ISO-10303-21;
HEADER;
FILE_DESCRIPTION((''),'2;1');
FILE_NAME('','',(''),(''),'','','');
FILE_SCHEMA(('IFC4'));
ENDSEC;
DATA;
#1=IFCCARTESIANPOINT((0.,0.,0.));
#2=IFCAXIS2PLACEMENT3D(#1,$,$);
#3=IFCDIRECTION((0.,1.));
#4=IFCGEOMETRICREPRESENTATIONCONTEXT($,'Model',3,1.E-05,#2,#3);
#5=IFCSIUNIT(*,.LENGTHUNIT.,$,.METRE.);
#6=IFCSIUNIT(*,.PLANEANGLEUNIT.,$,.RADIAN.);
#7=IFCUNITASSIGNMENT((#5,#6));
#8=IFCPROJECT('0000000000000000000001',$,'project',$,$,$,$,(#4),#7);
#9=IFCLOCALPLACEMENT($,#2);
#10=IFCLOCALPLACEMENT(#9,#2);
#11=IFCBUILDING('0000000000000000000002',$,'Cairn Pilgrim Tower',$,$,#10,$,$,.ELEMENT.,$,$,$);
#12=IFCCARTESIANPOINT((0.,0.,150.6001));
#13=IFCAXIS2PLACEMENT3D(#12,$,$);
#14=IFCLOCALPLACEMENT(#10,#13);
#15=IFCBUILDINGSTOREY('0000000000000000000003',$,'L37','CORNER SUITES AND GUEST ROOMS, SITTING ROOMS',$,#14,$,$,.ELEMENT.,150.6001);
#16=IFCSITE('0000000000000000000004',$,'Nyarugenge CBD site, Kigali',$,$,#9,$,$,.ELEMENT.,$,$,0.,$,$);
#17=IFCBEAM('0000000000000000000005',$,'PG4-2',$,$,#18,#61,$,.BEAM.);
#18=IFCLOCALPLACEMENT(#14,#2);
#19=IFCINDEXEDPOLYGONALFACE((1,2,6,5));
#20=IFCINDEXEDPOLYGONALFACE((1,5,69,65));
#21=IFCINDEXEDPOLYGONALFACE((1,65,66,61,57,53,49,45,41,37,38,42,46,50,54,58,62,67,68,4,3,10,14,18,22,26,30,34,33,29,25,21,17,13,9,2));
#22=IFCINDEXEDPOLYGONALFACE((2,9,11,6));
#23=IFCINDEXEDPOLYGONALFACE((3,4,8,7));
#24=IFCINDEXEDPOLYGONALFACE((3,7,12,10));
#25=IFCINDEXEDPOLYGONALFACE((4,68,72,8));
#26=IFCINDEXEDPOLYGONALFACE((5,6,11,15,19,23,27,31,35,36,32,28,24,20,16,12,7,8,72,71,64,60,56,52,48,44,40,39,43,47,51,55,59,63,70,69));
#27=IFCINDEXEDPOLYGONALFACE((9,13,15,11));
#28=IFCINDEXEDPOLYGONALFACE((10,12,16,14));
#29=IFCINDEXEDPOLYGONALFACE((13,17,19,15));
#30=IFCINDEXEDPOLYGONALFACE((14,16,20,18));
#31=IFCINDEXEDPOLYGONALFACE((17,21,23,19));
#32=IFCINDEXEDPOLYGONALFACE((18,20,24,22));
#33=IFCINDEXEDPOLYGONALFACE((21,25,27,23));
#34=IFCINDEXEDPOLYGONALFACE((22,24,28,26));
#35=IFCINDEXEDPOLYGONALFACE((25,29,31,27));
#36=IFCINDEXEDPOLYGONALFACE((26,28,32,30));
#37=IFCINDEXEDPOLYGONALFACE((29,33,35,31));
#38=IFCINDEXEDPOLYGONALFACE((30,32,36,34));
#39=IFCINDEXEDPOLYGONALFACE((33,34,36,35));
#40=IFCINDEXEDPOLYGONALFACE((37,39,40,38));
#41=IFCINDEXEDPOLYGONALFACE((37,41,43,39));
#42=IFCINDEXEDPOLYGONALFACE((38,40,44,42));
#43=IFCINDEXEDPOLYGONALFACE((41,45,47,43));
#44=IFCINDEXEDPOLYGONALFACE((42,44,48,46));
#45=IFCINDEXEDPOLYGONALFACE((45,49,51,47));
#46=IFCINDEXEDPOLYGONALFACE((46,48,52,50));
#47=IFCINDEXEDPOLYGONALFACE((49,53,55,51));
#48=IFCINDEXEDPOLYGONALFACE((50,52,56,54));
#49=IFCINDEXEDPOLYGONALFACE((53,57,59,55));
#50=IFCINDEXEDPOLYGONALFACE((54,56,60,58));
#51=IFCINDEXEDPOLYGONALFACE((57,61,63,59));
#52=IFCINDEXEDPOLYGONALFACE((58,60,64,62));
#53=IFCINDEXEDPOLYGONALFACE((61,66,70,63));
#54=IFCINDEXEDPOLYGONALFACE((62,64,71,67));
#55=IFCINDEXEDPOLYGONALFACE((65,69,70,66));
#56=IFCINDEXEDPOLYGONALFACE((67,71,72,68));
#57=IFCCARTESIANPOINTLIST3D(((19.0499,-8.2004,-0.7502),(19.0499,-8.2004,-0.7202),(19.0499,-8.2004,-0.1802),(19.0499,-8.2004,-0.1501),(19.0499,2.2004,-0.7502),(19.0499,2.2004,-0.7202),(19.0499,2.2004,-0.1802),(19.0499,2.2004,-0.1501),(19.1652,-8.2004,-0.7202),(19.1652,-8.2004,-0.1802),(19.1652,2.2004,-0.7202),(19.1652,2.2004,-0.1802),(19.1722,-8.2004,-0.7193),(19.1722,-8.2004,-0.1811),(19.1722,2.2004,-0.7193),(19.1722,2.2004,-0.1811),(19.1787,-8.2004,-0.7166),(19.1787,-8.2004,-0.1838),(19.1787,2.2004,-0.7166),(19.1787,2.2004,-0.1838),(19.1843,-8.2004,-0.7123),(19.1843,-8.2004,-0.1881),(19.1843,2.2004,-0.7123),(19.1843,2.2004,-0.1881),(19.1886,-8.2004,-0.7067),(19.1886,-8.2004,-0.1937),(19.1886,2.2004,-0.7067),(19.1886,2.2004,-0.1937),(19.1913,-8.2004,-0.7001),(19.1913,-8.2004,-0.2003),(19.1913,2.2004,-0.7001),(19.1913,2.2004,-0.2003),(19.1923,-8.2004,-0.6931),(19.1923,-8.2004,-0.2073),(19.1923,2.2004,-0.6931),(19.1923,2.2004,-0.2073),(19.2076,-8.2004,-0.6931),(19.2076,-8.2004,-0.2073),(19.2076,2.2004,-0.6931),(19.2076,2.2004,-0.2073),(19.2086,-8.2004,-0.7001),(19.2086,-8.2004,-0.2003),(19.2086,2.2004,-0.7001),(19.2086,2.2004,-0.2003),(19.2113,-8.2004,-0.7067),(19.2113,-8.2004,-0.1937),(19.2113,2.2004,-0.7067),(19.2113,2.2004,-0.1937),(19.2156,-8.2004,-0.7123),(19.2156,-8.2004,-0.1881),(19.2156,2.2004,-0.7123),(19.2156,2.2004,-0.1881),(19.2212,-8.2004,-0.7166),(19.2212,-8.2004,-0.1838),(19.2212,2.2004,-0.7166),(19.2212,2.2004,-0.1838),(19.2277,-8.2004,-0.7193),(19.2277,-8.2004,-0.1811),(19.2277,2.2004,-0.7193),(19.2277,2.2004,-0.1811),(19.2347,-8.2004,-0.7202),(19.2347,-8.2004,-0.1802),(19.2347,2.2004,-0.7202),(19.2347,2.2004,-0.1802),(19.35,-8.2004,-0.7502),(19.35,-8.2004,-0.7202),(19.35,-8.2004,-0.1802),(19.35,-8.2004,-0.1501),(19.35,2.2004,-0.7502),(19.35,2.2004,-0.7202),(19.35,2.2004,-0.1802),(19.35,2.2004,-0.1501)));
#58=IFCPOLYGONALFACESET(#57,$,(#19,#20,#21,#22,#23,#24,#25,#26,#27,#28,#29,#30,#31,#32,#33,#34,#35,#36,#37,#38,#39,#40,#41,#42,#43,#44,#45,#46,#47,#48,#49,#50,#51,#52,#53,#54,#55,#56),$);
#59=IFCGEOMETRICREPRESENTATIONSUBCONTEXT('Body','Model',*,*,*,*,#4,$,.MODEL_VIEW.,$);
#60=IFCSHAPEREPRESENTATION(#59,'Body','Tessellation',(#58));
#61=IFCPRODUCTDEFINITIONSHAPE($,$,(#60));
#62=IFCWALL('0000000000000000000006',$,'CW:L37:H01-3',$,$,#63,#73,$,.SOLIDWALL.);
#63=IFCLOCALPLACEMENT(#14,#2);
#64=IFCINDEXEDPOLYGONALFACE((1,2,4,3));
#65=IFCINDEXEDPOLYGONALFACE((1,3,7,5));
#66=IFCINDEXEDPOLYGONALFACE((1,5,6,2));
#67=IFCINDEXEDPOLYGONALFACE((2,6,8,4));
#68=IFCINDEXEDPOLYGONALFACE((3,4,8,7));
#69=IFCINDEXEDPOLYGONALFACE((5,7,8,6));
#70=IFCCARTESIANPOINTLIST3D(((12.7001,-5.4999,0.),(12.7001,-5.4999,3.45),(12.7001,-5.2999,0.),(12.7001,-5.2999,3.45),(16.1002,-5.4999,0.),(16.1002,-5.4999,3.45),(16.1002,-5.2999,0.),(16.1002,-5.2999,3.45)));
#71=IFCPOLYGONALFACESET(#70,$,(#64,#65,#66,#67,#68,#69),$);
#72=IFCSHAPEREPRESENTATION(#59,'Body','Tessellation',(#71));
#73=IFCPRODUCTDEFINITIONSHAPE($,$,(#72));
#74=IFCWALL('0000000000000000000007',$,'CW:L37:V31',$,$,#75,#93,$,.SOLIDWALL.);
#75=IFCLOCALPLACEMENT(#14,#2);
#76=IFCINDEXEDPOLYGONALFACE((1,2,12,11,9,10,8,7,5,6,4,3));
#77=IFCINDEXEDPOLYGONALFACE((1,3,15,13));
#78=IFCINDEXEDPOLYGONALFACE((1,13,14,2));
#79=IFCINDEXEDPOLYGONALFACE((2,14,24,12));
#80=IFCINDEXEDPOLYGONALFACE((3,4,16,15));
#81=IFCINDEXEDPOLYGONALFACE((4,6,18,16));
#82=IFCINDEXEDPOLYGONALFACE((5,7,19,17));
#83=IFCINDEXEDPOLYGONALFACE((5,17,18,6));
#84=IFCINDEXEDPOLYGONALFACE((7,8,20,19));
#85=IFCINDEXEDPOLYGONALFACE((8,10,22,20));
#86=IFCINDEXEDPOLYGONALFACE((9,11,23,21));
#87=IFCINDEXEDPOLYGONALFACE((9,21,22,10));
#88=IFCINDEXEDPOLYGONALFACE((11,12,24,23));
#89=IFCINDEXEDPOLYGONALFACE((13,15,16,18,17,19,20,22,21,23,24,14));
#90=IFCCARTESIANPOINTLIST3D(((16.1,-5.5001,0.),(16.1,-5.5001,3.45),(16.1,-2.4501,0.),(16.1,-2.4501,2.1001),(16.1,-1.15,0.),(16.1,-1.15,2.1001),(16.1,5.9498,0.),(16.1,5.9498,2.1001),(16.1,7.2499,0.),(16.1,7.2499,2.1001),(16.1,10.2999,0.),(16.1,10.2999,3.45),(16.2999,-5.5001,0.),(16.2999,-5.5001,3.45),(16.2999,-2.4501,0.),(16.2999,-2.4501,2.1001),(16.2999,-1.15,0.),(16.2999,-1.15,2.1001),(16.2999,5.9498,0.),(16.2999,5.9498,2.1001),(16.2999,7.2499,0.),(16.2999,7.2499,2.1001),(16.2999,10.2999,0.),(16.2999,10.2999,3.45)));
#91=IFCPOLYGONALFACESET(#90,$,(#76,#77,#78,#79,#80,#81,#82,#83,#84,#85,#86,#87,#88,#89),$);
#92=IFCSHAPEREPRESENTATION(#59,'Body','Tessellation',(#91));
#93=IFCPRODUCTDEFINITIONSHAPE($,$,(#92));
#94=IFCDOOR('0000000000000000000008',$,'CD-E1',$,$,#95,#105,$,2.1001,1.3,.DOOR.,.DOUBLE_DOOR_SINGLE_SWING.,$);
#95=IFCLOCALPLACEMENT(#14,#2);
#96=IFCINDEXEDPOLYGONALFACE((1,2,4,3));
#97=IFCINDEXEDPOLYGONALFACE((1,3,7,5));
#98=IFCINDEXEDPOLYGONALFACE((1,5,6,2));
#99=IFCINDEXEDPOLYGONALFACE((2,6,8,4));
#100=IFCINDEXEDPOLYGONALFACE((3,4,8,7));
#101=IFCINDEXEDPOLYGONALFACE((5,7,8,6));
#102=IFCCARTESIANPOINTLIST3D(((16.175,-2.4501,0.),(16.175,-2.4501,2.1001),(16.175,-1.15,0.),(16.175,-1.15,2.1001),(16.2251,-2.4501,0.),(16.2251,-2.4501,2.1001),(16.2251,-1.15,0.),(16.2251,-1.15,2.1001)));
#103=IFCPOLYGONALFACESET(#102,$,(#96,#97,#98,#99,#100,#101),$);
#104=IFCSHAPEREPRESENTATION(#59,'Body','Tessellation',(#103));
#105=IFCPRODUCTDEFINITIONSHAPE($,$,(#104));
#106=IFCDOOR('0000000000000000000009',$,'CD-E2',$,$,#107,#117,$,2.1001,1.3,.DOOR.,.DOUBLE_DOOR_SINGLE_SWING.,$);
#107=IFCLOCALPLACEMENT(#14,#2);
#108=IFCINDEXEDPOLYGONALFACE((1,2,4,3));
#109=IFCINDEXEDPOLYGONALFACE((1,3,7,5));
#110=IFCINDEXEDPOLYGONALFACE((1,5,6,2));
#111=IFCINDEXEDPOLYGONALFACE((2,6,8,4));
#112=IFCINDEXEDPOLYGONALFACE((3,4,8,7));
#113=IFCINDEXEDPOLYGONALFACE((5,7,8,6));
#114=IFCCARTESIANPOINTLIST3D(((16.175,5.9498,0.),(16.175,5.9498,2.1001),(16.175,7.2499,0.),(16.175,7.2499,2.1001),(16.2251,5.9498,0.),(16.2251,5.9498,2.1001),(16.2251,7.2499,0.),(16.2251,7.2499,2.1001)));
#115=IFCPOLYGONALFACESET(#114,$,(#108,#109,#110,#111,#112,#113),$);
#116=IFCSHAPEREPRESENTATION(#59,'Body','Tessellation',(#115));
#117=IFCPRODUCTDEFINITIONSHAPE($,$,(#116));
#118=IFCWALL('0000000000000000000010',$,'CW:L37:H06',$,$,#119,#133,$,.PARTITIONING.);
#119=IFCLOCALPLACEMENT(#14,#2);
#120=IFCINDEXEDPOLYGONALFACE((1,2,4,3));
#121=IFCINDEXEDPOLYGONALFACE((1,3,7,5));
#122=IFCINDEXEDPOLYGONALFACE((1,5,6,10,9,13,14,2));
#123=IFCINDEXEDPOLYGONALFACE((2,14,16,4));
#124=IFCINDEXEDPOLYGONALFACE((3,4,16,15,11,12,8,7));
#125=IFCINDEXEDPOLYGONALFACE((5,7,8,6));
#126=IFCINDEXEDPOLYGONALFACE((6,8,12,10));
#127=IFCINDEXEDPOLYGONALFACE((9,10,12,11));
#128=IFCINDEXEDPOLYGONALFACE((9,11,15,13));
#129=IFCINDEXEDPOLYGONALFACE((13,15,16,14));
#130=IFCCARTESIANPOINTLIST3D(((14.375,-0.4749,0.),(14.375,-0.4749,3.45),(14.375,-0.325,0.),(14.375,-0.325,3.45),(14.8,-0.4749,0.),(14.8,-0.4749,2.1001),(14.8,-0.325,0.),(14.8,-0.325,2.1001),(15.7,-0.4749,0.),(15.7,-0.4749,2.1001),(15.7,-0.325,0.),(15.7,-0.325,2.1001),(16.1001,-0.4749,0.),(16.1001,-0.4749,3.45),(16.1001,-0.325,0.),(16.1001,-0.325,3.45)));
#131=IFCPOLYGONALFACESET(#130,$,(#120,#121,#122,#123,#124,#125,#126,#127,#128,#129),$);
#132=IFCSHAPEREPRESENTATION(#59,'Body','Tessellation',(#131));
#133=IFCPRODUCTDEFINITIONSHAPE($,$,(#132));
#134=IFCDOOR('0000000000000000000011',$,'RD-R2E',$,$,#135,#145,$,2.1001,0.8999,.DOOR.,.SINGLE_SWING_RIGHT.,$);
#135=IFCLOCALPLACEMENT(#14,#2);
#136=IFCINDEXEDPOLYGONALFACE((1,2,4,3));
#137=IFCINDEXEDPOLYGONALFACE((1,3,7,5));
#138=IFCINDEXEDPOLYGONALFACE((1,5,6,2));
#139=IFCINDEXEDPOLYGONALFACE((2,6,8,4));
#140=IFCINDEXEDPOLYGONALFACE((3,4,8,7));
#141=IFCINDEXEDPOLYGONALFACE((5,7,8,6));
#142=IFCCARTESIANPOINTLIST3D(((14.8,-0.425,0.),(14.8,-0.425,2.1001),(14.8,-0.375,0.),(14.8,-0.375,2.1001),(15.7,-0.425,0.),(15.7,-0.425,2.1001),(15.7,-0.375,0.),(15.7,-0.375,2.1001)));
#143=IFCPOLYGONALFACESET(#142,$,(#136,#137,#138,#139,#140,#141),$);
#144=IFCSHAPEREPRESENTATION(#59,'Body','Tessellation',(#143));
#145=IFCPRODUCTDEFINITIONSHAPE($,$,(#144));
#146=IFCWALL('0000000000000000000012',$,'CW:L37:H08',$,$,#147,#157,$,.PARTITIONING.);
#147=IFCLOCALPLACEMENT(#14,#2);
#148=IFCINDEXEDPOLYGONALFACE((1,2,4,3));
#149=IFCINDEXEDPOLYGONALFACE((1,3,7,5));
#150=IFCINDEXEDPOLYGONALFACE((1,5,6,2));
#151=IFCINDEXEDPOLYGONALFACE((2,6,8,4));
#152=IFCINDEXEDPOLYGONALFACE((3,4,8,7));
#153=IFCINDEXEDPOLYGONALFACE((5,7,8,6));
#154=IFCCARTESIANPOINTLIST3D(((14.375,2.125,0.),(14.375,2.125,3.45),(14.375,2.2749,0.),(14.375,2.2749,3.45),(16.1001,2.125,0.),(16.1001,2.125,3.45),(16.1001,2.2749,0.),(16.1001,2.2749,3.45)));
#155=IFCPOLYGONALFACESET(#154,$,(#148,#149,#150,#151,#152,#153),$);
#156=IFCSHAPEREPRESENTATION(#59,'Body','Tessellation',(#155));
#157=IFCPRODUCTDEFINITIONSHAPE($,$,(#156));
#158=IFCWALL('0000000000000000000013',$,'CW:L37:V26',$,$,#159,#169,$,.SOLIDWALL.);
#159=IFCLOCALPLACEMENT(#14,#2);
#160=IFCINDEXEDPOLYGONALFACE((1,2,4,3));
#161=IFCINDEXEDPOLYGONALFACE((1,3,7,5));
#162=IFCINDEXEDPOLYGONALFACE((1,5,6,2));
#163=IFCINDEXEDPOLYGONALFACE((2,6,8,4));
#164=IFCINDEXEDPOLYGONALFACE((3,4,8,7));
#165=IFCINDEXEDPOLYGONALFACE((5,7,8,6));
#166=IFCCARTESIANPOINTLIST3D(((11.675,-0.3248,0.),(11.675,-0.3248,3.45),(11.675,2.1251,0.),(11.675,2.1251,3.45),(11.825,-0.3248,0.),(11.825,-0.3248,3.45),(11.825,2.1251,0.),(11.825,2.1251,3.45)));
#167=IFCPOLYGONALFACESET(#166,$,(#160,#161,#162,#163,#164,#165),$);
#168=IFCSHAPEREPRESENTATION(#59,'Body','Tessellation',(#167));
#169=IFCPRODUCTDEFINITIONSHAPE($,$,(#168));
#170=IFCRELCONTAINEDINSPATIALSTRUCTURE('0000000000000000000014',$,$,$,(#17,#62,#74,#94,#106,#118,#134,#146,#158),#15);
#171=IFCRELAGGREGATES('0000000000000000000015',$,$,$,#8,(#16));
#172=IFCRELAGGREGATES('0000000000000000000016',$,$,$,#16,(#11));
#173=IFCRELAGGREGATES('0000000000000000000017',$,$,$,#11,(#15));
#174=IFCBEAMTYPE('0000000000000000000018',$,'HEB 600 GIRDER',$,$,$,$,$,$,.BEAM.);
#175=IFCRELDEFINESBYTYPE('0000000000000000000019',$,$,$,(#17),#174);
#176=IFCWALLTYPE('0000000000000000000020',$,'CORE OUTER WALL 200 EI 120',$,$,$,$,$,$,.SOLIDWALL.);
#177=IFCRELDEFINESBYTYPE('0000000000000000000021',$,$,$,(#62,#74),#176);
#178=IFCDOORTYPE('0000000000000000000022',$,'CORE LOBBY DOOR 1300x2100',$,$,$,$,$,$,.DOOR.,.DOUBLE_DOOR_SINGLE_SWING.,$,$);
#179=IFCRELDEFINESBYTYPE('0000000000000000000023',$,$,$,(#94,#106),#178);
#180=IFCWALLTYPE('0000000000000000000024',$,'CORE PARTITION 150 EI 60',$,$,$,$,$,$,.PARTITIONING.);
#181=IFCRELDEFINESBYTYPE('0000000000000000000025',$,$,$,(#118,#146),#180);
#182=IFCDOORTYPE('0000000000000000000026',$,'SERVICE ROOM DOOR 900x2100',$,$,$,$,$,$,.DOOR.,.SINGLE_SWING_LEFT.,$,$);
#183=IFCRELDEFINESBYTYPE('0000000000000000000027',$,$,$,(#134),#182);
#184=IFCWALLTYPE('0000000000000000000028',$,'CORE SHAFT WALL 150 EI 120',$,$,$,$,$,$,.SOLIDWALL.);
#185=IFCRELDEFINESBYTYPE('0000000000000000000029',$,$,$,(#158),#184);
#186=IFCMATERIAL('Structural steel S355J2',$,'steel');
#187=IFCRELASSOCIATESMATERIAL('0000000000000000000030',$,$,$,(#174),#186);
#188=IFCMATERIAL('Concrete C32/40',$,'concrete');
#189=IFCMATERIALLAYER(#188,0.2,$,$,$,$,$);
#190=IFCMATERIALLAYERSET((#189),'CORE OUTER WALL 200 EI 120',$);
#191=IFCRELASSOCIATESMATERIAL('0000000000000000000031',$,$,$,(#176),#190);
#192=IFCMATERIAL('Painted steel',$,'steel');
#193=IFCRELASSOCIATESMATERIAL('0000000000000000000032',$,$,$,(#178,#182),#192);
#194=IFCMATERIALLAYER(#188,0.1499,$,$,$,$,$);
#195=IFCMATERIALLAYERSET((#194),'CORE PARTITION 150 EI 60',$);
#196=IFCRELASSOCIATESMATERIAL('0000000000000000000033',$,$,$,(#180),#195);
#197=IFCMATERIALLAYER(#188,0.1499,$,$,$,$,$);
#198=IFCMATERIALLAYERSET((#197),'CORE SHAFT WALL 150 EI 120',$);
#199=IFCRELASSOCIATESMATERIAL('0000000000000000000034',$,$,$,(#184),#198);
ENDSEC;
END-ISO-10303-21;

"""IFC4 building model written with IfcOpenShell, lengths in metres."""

from ifc_helpers import new_model, si_unit, direction, frame, frame_2d, origin, origin_2d, place, context, subcontext, project, spatial, rectangle, i_section, extrude, material, layer, layer_set, material_profile, profile_set, type_object, element, fill, save


model = new_model("IFC4")

# Units and contexts
model_context = context("Model", 3, precision=1e-05, world=origin(), true_north=direction((0.0, 1.0)))
body_context = subcontext(model_context, "Body", "Model", "MODEL_VIEW")
ifc_project = project(units=[si_unit("LENGTHUNIT", "METRE"), si_unit("PLANEANGLEUNIT", "RADIAN")], contexts=[model_context])

# Site, building, storey
site_placement = place(None, origin())
site = spatial("IfcSite", under=ifc_project, at=site_placement, Name="Nyarugenge CBD site, Kigali", CompositionType="ELEMENT", RefElevation=0.0)
building_placement = place(site_placement, origin())
building = spatial("IfcBuilding", under=site, at=building_placement, Name="Cairn Pilgrim Tower", CompositionType="ELEMENT")
storey_placement = place(building_placement, frame((0.0, 0.0, 150.6001)))
storey = spatial("IfcBuildingStorey", under=building, at=storey_placement, Name="L37", Description="CORNER SUITES AND GUEST ROOMS, SITTING ROOMS", CompositionType="ELEMENT", Elevation=150.6001)

# Beam
ifc_material_1 = material(Name="Structural steel S355J2", Category="steel")
ifc_material_profile_1 = material_profile(ifc_material_1, i_section(OverallWidth=0.3, OverallDepth=0.6001, WebThickness=0.0154, FlangeThickness=0.03, FilletRadius=0.0271, at=origin_2d()), Name="HEB 600")
ifc_profile_set_1 = profile_set([ifc_material_profile_1], Name="Structural steel S355J2")
beam_type_1 = type_object("IfcBeamType", Name="HEB 600 GIRDER", PredefinedType="BEAM", material=ifc_profile_set_1)
beam_1_placement = place(storey_placement, frame((19.2, -8.2004, -0.4502), z_axis=(0.0, 1.0, 0.0), x_axis=(-1.0, 0.0, 0.0)))
element("IfcBeam", 1, at=beam_1_placement, inside=storey, type_object=beam_type_1, Name="PG4-2", PredefinedType="BEAM", context=body_context, shape_type="SweptSolid", body=[
    extrude(i_section(OverallWidth=0.3, OverallDepth=0.6001, WebThickness=0.0154, FlangeThickness=0.03, FilletRadius=0.0271, at=origin_2d()), origin(), (0.0, 0.0, 1.0), 10.4009),
])

# Wall
ifc_material_2 = material(Name="Concrete C32/40", Category="concrete")
ifc_layer_1 = layer(ifc_material_2, 0.2)
ifc_layer_set_1 = layer_set([ifc_layer_1], Name="CORE OUTER WALL 200 EI 120")
wall_type_1 = type_object("IfcWallType", Name="CORE OUTER WALL 200 EI 120", PredefinedType="SOLIDWALL", material=ifc_layer_set_1)
wall_1_placement = place(storey_placement, frame((12.7, -5.3999, 0.0), z_axis=(0.0, 0.0, 1.0), x_axis=(1.0, 0.0, 0.0)))
element("IfcWall", 2, at=wall_1_placement, inside=storey, type_object=wall_type_1, Name="CW:L37:H01-3", PredefinedType="SOLIDWALL", context=body_context, shape_type="SweptSolid", body=[
    extrude(rectangle(XDim=3.4001, YDim=0.2, at=frame_2d((1.7002, 0.0))), origin(), (0.0, 0.0, 1.0), 3.45),
])

# Wall, openings, doors
wall_2_placement = place(storey_placement, frame((16.2, -5.5, 0.0), z_axis=(0.0, 0.0, 1.0), x_axis=(0.0, 1.0, 0.0)))
wall_2 = element("IfcWall", 3, at=wall_2_placement, inside=storey, type_object=wall_type_1, Name="CW:L37:V31", PredefinedType="SOLIDWALL", context=body_context, shape_type="SweptSolid", body=[
    extrude(rectangle(XDim=15.8, YDim=0.2, at=frame_2d((7.8999, 0.0))), origin(), (0.0, 0.0, 1.0), 3.45),
])
opening_1_placement = place(wall_2_placement, frame((3.05, 0.0, 0.0)))
opening_1 = element("IfcOpeningElement", 4, at=opening_1_placement, cuts=wall_2, PredefinedType="OPENING", context=body_context, shape_type="SweptSolid", body=[
    extrude(rectangle(XDim=1.3, YDim=2.1001, at=frame_2d((0.6499, 1.05))), frame((0.0, 0.1099, 0.0), z_axis=(0.0, -1.0, 0.0), x_axis=(1.0, 0.0, 0.0)), (0.0, 0.0, 1.0), 0.22),
])
opening_2_placement = place(wall_2_placement, frame((11.45, 0.0, 0.0)))
opening_2 = element("IfcOpeningElement", 5, at=opening_2_placement, cuts=wall_2, PredefinedType="OPENING", context=body_context, shape_type="SweptSolid", body=[
    extrude(rectangle(XDim=1.3, YDim=2.1001, at=frame_2d((0.6499, 1.05))), frame((0.0, 0.1099, 0.0), z_axis=(0.0, -1.0, 0.0), x_axis=(1.0, 0.0, 0.0)), (0.0, 0.0, 1.0), 0.22),
])
ifc_material_3 = material(Name="Painted steel", Category="steel")
door_type_1 = type_object("IfcDoorType", Name="CORE LOBBY DOOR 1300x2100", OperationType="DOUBLE_DOOR_SINGLE_SWING", PredefinedType="DOOR", material=ifc_material_3)
door_1_placement = place(opening_1_placement, origin())
door_1 = element("IfcDoor", 6, at=door_1_placement, inside=storey, type_object=door_type_1, Name="CD-E1", OperationType="DOUBLE_DOOR_SINGLE_SWING", OverallHeight=2.1001, OverallWidth=1.3, PredefinedType="DOOR", context=body_context, shape_type="SweptSolid", body=[
    extrude(rectangle(XDim=1.3, YDim=2.1001, at=frame_2d((0.6499, 1.05))), frame((0.0, 0.0249, 0.0), z_axis=(0.0, -1.0, 0.0), x_axis=(1.0, 0.0, 0.0)), (0.0, 0.0, 1.0), 0.05),
])
fill(opening_1, door_1)
door_2_placement = place(opening_2_placement, origin())
door_2 = element("IfcDoor", 7, at=door_2_placement, inside=storey, type_object=door_type_1, Name="CD-E2", OperationType="DOUBLE_DOOR_SINGLE_SWING", OverallHeight=2.1001, OverallWidth=1.3, PredefinedType="DOOR", context=body_context, shape_type="SweptSolid", body=[
    extrude(rectangle(XDim=1.3, YDim=2.1001, at=frame_2d((0.6499, 1.05))), frame((0.0, 0.0249, 0.0), z_axis=(0.0, -1.0, 0.0), x_axis=(1.0, 0.0, 0.0)), (0.0, 0.0, 1.0), 0.05),
])
fill(opening_2, door_2)

# Wall, opening, door
ifc_layer_2 = layer(ifc_material_2, 0.1499)
ifc_layer_set_2 = layer_set([ifc_layer_2], Name="CORE PARTITION 150 EI 60")
wall_type_2 = type_object("IfcWallType", Name="CORE PARTITION 150 EI 60", PredefinedType="PARTITIONING", material=ifc_layer_set_2)
wall_3_placement = place(storey_placement, frame((14.375, -0.3999, 0.0), z_axis=(0.0, 0.0, 1.0), x_axis=(1.0, 0.0, 0.0)))
wall_3 = element("IfcWall", 8, at=wall_3_placement, inside=storey, type_object=wall_type_2, Name="CW:L37:H06", PredefinedType="PARTITIONING", context=body_context, shape_type="SweptSolid", body=[
    extrude(rectangle(XDim=1.7251, YDim=0.1499, at=frame_2d((0.8625, 0.0))), origin(), (0.0, 0.0, 1.0), 3.45),
])
opening_3_placement = place(wall_3_placement, frame((0.425, 0.0, 0.0)))
opening_3 = element("IfcOpeningElement", 9, at=opening_3_placement, cuts=wall_3, PredefinedType="OPENING", context=body_context, shape_type="SweptSolid", body=[
    extrude(rectangle(XDim=0.8999, YDim=2.1001, at=frame_2d((0.45, 1.05))), frame((0.0, 0.085, 0.0), z_axis=(0.0, -1.0, 0.0), x_axis=(1.0, 0.0, 0.0)), (0.0, 0.0, 1.0), 0.1699),
])
door_type_2 = type_object("IfcDoorType", Name="SERVICE ROOM DOOR 900x2100", OperationType="SINGLE_SWING_LEFT", PredefinedType="DOOR", material=ifc_material_3)
door_3_placement = place(opening_3_placement, origin())
door_3 = element("IfcDoor", 10, at=door_3_placement, inside=storey, type_object=door_type_2, Name="RD-R2E", OperationType="SINGLE_SWING_RIGHT", OverallHeight=2.1001, OverallWidth=0.8999, PredefinedType="DOOR", context=body_context, shape_type="SweptSolid", body=[
    extrude(rectangle(XDim=0.8999, YDim=2.1001, at=frame_2d((0.45, 1.05))), frame((0.0, 0.0249, 0.0), z_axis=(0.0, -1.0, 0.0), x_axis=(1.0, 0.0, 0.0)), (0.0, 0.0, 1.0), 0.05),
])
fill(opening_3, door_3)

# Walls
wall_4_placement = place(storey_placement, frame((14.375, 2.2, 0.0), z_axis=(0.0, 0.0, 1.0), x_axis=(1.0, 0.0, 0.0)))
element("IfcWall", 11, at=wall_4_placement, inside=storey, type_object=wall_type_2, Name="CW:L37:H08", PredefinedType="PARTITIONING", context=body_context, shape_type="SweptSolid", body=[
    extrude(rectangle(XDim=1.7251, YDim=0.1499, at=frame_2d((0.8625, 0.0))), origin(), (0.0, 0.0, 1.0), 3.45),
])
ifc_layer_3 = layer(ifc_material_2, 0.1499)
ifc_layer_set_3 = layer_set([ifc_layer_3], Name="CORE SHAFT WALL 150 EI 120")
wall_type_3 = type_object("IfcWallType", Name="CORE SHAFT WALL 150 EI 120", PredefinedType="SOLIDWALL", material=ifc_layer_set_3)
wall_5_placement = place(storey_placement, frame((11.75, -0.325, 0.0), z_axis=(0.0, 0.0, 1.0), x_axis=(0.0, 1.0, 0.0)))
element("IfcWall", 12, at=wall_5_placement, inside=storey, type_object=wall_type_3, Name="CW:L37:V26", PredefinedType="SOLIDWALL", context=body_context, shape_type="SweptSolid", body=[
    extrude(rectangle(XDim=2.45, YDim=0.1499, at=frame_2d((1.2251, 0.0))), origin(), (0.0, 0.0, 1.0), 3.45),
])

save(model, "model.ifc")
